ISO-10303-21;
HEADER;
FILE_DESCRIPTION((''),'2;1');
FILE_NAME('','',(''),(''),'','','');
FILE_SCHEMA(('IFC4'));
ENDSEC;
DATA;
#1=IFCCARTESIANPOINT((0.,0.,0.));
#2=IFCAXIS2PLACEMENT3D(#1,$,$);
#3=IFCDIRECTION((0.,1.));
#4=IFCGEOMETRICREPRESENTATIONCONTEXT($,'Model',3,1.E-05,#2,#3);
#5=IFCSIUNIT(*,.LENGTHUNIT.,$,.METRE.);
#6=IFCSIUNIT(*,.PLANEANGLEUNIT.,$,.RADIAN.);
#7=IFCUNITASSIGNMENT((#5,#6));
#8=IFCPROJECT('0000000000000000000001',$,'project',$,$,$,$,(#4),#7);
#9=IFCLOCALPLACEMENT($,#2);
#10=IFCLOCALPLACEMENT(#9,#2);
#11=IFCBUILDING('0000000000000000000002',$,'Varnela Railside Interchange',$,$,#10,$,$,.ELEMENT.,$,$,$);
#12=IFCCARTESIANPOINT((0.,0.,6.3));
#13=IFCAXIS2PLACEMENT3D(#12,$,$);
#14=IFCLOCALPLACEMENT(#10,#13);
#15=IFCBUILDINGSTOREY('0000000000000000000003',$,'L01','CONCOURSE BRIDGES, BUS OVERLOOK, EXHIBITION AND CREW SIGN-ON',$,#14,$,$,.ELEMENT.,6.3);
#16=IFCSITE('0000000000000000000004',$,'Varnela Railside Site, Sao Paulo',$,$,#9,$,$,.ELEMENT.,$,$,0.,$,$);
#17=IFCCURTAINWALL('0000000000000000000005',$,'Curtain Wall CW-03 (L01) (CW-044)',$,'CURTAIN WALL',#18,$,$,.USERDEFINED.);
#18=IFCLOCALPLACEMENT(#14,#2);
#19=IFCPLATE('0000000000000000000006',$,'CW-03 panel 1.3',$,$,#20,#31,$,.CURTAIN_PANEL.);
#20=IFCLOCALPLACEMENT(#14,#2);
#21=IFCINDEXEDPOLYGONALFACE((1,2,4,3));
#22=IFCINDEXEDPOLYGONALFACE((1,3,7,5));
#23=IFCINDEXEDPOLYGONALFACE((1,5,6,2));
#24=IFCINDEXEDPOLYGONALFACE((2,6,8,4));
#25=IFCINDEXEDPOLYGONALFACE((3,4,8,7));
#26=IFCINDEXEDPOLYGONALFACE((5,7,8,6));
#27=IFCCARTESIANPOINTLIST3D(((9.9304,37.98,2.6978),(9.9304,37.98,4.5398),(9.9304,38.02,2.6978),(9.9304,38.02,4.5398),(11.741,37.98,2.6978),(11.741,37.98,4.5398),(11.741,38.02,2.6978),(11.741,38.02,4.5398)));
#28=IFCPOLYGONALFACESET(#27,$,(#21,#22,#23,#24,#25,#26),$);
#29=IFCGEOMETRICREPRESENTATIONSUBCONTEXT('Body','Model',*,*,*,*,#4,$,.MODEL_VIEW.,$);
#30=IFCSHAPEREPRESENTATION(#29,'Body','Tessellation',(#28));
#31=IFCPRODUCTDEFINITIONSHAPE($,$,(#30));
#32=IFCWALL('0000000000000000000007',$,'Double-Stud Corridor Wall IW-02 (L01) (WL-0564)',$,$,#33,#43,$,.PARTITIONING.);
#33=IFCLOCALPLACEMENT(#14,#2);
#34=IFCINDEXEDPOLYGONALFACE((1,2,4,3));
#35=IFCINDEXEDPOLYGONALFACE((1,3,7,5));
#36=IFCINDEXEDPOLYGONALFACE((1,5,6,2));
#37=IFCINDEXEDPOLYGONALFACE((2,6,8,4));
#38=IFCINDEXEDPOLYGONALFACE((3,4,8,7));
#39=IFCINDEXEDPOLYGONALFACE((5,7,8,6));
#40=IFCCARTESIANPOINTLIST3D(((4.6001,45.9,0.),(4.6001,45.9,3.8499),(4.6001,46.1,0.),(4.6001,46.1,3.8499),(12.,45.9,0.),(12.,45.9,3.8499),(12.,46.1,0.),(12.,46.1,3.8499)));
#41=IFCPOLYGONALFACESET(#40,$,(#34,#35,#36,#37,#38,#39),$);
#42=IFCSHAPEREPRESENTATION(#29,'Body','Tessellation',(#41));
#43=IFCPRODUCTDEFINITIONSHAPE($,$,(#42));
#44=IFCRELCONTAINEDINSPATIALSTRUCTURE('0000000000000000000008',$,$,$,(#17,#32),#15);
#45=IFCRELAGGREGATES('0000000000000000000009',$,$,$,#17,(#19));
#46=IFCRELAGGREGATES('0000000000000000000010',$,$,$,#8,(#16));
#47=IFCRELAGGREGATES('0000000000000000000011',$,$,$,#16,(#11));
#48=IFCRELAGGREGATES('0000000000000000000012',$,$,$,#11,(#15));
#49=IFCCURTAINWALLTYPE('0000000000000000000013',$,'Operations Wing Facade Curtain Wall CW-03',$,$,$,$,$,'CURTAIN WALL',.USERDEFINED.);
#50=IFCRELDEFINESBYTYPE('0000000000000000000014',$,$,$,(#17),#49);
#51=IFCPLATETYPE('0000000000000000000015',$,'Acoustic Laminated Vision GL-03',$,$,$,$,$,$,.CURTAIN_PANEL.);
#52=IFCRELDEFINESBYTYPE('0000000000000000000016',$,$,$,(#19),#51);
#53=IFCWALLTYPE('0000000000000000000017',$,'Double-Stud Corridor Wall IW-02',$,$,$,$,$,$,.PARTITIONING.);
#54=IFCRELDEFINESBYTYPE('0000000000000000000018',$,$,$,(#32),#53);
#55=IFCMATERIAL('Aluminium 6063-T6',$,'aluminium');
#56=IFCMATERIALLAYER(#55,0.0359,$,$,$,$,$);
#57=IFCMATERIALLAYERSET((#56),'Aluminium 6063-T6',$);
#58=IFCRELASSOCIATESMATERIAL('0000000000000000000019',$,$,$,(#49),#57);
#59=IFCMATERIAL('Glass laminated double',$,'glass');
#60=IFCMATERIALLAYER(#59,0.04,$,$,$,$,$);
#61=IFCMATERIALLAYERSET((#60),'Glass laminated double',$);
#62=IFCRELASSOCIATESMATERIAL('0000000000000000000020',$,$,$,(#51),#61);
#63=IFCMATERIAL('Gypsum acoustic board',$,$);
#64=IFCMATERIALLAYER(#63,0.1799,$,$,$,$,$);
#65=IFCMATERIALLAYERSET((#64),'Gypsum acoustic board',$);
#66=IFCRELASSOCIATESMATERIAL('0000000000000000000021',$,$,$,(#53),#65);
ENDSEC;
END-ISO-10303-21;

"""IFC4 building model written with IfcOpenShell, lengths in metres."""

from ifc_helpers import new_model, si_unit, direction, frame, frame_2d, origin, origin_2d, place, context, subcontext, project, spatial, rectangle, extrude, material, layer, layer_set, type_object, element, aggregate, save


model = new_model("IFC4")

# Units and contexts
model_context = context("Model", 3, precision=1e-05, world=origin(), true_north=direction((0.0, 1.0)))
body_context = subcontext(model_context, "Body", "Model", "MODEL_VIEW")
ifc_project = project(units=[si_unit("LENGTHUNIT", "METRE"), si_unit("PLANEANGLEUNIT", "RADIAN")], contexts=[model_context])

# Site, building, storey
site_placement = place(None, origin())
site = spatial("IfcSite", under=ifc_project, at=site_placement, Name="Varnela Railside Site, Sao Paulo", CompositionType="ELEMENT", RefElevation=0.0)
building_placement = place(site_placement, origin())
building = spatial("IfcBuilding", under=site, at=building_placement, Name="Varnela Railside Interchange", CompositionType="ELEMENT")
storey_placement = place(building_placement, frame((0.0, 0.0, 6.3)))
storey = spatial("IfcBuildingStorey", under=building, at=storey_placement, Name="L01", Description="CONCOURSE BRIDGES, BUS OVERLOOK, EXHIBITION AND CREW SIGN-ON", CompositionType="ELEMENT", Elevation=6.3)

# Shared definitions
ifc_material_1 = material(Name="Aluminium 6063-T6", Category="aluminium")
ifc_layer_1 = layer(ifc_material_1, 0.0359)
ifc_layer_set_1 = layer_set([ifc_layer_1], Name="Aluminium 6063-T6")
curtain_wall_type = type_object("IfcCurtainWallType", Name="Operations Wing Facade Curtain Wall CW-03", ElementType="CURTAIN WALL", PredefinedType="USERDEFINED", material=ifc_layer_set_1)

# Curtain wall
curtain_wall_1_placement = place(storey_placement, origin())
curtain_wall_1 = element("IfcCurtainWall", 1, at=curtain_wall_1_placement, inside=storey, type_object=curtain_wall_type, Name="Curtain Wall CW-03 (L01) (CW-044)", ObjectType="CURTAIN WALL", PredefinedType="USERDEFINED")

# Plate
ifc_material_2 = material(Name="Glass laminated double", Category="glass")
ifc_layer_2 = layer(ifc_material_2, 0.04)
ifc_layer_set_2 = layer_set([ifc_layer_2], Name="Glass laminated double")
plate_type = type_object("IfcPlateType", Name="Acoustic Laminated Vision GL-03", PredefinedType="CURTAIN_PANEL", material=ifc_layer_set_2)
plate_1_placement = place(storey_placement, frame((10.8357, 38.0, 2.6978), z_axis=(0.0, 0.0, 1.0), x_axis=(-1.0, 0.0, 0.0)))
plate_1 = element("IfcPlate", 2, at=plate_1_placement, type_object=plate_type, Name="CW-03 panel 1.3", PredefinedType="CURTAIN_PANEL", context=body_context, shape_type="SweptSolid", body=[
    extrude(rectangle(XDim=1.8105, YDim=0.04, at=origin_2d()), origin(), (0.0, 0.0, 1.0), 1.842),
])
aggregate(curtain_wall_1, [plate_1])

# Wall
ifc_material_3 = material(Name="Gypsum acoustic board")
ifc_layer_3 = layer(ifc_material_3, 0.1799)
ifc_layer_set_3 = layer_set([ifc_layer_3], Name="Gypsum acoustic board")
wall_type = type_object("IfcWallType", Name="Double-Stud Corridor Wall IW-02", PredefinedType="PARTITIONING", material=ifc_layer_set_3)
wall_placement = place(storey_placement, frame((4.6001, 46.0, 0.0), z_axis=(0.0, 0.0, 1.0), x_axis=(1.0, 0.0, 0.0)))
element("IfcWall", 3, at=wall_placement, inside=storey, type_object=wall_type, Name="Double-Stud Corridor Wall IW-02 (L01) (WL-0564)", PredefinedType="PARTITIONING", context=body_context, shape_type="SweptSolid", body=[
    extrude(rectangle(XDim=7.3999, YDim=0.2, at=frame_2d((3.7, 0.0))), origin(), (0.0, 0.0, 1.0), 3.8499),
])

save(model, "model.ifc")
